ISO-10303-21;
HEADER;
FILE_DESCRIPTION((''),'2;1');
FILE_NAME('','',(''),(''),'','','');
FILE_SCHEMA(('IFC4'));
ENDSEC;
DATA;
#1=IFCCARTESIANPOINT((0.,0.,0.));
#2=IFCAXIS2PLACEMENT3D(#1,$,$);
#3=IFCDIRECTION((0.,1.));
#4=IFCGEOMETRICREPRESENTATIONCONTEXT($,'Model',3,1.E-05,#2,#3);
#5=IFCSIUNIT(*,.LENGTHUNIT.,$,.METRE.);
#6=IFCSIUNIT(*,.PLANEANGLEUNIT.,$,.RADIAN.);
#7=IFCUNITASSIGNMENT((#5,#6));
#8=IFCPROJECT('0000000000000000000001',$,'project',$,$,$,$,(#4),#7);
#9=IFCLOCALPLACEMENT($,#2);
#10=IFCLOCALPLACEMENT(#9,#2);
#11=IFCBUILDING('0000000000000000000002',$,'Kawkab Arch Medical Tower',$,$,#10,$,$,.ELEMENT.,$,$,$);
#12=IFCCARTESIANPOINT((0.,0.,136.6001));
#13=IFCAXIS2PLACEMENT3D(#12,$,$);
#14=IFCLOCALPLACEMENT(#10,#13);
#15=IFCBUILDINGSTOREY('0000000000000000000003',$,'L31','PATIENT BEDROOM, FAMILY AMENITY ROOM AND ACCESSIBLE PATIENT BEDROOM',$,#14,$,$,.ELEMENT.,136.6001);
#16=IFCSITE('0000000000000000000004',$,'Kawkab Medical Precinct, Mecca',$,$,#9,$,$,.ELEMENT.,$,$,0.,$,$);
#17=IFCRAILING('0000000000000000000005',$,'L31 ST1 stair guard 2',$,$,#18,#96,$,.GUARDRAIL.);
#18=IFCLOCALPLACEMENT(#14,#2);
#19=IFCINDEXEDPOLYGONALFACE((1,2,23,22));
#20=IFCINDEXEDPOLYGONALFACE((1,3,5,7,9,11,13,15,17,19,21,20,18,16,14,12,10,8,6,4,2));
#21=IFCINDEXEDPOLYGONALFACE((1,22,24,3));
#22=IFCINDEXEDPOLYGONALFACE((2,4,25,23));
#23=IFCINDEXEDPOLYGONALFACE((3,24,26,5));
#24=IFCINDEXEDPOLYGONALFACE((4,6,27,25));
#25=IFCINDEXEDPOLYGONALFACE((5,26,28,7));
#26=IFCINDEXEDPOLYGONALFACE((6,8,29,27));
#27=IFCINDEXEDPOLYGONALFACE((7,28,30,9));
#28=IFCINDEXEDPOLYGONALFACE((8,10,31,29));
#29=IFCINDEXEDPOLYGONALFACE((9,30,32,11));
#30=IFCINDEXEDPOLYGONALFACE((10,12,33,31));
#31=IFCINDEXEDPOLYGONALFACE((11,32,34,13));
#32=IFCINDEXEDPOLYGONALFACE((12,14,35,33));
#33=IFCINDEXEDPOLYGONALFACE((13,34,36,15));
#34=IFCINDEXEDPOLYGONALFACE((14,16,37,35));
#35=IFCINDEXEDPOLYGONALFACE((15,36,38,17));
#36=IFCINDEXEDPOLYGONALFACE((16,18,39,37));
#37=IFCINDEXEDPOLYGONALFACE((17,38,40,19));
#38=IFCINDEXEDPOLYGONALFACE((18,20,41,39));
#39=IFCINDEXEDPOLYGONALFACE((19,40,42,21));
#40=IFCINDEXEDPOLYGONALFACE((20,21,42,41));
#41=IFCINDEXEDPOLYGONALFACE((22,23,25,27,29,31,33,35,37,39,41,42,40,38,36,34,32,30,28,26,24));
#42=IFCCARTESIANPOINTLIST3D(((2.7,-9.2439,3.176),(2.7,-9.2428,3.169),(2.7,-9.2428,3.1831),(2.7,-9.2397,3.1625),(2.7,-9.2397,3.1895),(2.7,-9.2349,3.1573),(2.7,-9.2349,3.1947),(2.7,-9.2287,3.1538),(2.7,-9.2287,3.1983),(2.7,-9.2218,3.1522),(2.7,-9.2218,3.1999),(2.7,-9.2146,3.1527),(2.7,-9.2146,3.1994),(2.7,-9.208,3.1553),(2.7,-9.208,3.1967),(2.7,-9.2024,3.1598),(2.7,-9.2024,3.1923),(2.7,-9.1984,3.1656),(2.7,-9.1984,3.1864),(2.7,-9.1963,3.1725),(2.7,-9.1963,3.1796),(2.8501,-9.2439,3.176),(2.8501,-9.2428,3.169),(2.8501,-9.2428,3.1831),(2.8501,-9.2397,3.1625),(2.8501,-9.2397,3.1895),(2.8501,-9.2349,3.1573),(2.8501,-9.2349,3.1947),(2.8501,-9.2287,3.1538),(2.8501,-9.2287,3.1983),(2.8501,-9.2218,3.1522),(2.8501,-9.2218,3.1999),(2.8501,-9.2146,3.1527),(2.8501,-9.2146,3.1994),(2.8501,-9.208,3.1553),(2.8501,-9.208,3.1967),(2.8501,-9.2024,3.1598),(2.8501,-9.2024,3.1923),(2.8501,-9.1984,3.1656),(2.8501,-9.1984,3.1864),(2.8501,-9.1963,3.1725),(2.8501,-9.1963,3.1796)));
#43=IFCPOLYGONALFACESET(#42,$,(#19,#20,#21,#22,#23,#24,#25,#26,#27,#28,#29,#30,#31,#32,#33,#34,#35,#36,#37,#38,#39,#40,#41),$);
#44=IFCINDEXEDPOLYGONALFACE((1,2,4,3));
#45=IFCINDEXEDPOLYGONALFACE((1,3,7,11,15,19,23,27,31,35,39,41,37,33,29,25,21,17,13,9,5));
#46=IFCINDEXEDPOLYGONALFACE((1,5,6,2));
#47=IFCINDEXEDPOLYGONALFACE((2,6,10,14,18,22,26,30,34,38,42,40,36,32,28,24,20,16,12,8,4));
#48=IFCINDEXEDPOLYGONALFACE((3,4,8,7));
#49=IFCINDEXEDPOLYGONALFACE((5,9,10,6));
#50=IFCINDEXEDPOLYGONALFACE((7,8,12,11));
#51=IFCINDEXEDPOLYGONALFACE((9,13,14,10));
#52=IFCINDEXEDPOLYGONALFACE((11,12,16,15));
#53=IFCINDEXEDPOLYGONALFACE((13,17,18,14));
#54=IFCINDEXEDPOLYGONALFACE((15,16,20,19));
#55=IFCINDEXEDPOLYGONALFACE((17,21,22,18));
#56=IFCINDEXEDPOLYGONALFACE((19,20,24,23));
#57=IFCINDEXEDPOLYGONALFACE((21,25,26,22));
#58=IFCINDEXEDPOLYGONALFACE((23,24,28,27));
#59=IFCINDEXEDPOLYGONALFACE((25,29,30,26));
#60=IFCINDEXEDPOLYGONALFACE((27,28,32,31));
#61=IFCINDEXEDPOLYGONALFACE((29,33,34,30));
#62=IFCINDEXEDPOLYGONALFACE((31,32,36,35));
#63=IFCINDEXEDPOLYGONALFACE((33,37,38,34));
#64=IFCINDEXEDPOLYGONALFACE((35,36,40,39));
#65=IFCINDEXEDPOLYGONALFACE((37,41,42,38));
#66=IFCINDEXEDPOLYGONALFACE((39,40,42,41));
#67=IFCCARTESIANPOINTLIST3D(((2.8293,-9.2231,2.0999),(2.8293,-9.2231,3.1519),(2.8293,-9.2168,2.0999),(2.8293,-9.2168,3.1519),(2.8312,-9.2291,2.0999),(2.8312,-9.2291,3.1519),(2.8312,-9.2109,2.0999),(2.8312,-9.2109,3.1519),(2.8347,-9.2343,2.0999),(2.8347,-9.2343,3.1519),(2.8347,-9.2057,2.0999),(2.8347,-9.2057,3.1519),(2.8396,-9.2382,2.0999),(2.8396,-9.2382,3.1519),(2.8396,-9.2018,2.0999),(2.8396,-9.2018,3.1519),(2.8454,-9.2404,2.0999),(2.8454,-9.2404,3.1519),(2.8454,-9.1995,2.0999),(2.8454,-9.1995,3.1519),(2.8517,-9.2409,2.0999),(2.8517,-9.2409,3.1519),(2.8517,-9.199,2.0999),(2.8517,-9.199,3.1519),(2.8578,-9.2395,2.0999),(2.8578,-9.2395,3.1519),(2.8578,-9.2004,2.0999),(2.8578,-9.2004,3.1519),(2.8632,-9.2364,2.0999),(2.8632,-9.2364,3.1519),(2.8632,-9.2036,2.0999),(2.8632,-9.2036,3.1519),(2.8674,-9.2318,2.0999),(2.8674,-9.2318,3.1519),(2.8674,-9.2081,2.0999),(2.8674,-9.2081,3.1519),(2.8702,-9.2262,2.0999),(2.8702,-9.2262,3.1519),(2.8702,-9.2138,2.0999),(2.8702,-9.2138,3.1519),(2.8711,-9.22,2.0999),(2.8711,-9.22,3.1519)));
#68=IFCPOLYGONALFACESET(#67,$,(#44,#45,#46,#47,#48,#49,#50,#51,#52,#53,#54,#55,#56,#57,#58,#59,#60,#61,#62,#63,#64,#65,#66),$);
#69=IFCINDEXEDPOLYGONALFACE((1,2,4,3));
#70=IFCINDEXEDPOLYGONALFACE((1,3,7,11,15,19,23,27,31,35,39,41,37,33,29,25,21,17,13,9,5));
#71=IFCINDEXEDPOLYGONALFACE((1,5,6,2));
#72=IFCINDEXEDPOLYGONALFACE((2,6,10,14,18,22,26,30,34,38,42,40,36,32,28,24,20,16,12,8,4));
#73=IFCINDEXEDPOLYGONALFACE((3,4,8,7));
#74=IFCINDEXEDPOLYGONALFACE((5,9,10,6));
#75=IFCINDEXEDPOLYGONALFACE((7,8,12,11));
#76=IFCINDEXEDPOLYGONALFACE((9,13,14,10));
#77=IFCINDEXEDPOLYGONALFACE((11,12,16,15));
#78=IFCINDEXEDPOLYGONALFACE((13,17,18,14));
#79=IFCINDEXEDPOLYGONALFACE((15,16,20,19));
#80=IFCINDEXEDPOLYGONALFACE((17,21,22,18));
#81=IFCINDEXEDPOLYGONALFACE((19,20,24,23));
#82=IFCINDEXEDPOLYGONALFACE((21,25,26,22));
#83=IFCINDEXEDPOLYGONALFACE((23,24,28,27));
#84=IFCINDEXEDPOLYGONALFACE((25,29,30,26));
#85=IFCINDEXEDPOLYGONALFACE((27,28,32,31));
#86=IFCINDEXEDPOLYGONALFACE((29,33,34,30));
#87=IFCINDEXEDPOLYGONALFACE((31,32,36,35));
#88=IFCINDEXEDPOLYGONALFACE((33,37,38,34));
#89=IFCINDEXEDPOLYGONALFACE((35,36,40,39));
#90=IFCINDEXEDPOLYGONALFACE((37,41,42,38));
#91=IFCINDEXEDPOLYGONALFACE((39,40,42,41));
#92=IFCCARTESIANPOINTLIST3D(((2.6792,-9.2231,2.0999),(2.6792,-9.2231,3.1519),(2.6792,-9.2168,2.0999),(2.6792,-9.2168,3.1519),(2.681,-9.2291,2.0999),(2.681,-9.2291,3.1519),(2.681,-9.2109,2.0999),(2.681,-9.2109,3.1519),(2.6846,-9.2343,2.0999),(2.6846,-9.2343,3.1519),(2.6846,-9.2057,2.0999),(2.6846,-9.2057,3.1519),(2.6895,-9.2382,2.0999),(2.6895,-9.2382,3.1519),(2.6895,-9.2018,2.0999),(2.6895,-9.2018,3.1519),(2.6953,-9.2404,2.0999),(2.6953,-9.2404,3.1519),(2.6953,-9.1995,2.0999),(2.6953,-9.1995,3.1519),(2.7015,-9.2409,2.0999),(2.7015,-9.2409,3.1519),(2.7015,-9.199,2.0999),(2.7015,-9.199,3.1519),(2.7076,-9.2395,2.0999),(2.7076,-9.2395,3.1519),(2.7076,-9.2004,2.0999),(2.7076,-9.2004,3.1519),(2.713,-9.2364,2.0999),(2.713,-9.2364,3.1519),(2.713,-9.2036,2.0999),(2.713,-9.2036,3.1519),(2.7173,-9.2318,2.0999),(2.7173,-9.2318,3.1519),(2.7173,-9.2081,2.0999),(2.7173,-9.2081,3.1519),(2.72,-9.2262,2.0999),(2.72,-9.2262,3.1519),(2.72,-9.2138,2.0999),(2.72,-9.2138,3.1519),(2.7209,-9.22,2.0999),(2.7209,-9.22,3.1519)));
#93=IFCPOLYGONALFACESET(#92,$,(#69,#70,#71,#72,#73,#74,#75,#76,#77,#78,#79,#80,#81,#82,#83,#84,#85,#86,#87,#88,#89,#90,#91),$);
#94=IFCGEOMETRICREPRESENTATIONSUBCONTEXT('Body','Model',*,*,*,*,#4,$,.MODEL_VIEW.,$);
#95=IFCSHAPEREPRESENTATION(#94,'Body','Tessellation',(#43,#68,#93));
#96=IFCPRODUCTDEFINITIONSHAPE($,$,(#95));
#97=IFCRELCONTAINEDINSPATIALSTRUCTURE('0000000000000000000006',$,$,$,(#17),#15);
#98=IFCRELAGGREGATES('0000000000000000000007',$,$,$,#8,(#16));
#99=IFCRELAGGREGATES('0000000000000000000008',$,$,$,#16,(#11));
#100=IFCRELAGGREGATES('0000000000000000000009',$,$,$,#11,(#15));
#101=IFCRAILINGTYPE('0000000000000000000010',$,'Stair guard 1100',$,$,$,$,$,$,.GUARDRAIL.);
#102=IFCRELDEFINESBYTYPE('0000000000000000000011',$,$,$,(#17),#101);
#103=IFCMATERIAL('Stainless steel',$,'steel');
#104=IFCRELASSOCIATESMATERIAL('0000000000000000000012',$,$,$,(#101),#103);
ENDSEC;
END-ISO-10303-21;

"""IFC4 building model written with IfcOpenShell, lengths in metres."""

from ifc_helpers import new_model, si_unit, direction, frame, origin, origin_2d, place, context, subcontext, project, spatial, circle, extrude, material, type_object, element, save


model = new_model("IFC4")

# Units and contexts
model_context = context("Model", 3, precision=1e-05, world=origin(), true_north=direction((0.0, 1.0)))
body_context = subcontext(model_context, "Body", "Model", "MODEL_VIEW")
ifc_project = project(units=[si_unit("LENGTHUNIT", "METRE"), si_unit("PLANEANGLEUNIT", "RADIAN")], contexts=[model_context])

# Site, building, storey
site_placement = place(None, origin())
site = spatial("IfcSite", under=ifc_project, at=site_placement, Name="Kawkab Medical Precinct, Mecca", CompositionType="ELEMENT", RefElevation=0.0)
building_placement = place(site_placement, origin())
building = spatial("IfcBuilding", under=site, at=building_placement, Name="Kawkab Arch Medical Tower", CompositionType="ELEMENT")
storey_placement = place(building_placement, frame((0.0, 0.0, 136.6001)))
storey = spatial("IfcBuildingStorey", under=building, at=storey_placement, Name="L31", Description="PATIENT BEDROOM, FAMILY AMENITY ROOM AND ACCESSIBLE PATIENT BEDROOM", CompositionType="ELEMENT", Elevation=136.6001)

# Railing
ifc_material_1 = material(Name="Stainless steel", Category="steel")
railing_type_1 = type_object("IfcRailingType", Name="Stair guard 1100", PredefinedType="GUARDRAIL", material=ifc_material_1)
railing_1_placement = place(storey_placement, frame((2.8501, -9.22, 2.0999)))
element("IfcRailing", 1, at=railing_1_placement, inside=storey, type_object=railing_type_1, Name="L31 ST1 stair guard 2", PredefinedType="GUARDRAIL", context=body_context, shape_type="SweptSolid", body=[
    extrude(circle(Radius=0.0239, at=origin_2d()), frame((0.0, 0.0, 1.0762), z_axis=(-1.0, 0.0, 0.0), x_axis=(0.0, -1.0, 0.0)), (0.0, 0.0, 1.0), 0.1501),
    extrude(circle(Radius=0.021, at=origin_2d()), origin(), (0.0, 0.0, 1.0), 1.052),
    extrude(circle(Radius=0.021, at=origin_2d()), frame((-0.1501, 0.0, 0.0)), (0.0, 0.0, 1.0), 1.052),
])

save(model, "model.ifc")
